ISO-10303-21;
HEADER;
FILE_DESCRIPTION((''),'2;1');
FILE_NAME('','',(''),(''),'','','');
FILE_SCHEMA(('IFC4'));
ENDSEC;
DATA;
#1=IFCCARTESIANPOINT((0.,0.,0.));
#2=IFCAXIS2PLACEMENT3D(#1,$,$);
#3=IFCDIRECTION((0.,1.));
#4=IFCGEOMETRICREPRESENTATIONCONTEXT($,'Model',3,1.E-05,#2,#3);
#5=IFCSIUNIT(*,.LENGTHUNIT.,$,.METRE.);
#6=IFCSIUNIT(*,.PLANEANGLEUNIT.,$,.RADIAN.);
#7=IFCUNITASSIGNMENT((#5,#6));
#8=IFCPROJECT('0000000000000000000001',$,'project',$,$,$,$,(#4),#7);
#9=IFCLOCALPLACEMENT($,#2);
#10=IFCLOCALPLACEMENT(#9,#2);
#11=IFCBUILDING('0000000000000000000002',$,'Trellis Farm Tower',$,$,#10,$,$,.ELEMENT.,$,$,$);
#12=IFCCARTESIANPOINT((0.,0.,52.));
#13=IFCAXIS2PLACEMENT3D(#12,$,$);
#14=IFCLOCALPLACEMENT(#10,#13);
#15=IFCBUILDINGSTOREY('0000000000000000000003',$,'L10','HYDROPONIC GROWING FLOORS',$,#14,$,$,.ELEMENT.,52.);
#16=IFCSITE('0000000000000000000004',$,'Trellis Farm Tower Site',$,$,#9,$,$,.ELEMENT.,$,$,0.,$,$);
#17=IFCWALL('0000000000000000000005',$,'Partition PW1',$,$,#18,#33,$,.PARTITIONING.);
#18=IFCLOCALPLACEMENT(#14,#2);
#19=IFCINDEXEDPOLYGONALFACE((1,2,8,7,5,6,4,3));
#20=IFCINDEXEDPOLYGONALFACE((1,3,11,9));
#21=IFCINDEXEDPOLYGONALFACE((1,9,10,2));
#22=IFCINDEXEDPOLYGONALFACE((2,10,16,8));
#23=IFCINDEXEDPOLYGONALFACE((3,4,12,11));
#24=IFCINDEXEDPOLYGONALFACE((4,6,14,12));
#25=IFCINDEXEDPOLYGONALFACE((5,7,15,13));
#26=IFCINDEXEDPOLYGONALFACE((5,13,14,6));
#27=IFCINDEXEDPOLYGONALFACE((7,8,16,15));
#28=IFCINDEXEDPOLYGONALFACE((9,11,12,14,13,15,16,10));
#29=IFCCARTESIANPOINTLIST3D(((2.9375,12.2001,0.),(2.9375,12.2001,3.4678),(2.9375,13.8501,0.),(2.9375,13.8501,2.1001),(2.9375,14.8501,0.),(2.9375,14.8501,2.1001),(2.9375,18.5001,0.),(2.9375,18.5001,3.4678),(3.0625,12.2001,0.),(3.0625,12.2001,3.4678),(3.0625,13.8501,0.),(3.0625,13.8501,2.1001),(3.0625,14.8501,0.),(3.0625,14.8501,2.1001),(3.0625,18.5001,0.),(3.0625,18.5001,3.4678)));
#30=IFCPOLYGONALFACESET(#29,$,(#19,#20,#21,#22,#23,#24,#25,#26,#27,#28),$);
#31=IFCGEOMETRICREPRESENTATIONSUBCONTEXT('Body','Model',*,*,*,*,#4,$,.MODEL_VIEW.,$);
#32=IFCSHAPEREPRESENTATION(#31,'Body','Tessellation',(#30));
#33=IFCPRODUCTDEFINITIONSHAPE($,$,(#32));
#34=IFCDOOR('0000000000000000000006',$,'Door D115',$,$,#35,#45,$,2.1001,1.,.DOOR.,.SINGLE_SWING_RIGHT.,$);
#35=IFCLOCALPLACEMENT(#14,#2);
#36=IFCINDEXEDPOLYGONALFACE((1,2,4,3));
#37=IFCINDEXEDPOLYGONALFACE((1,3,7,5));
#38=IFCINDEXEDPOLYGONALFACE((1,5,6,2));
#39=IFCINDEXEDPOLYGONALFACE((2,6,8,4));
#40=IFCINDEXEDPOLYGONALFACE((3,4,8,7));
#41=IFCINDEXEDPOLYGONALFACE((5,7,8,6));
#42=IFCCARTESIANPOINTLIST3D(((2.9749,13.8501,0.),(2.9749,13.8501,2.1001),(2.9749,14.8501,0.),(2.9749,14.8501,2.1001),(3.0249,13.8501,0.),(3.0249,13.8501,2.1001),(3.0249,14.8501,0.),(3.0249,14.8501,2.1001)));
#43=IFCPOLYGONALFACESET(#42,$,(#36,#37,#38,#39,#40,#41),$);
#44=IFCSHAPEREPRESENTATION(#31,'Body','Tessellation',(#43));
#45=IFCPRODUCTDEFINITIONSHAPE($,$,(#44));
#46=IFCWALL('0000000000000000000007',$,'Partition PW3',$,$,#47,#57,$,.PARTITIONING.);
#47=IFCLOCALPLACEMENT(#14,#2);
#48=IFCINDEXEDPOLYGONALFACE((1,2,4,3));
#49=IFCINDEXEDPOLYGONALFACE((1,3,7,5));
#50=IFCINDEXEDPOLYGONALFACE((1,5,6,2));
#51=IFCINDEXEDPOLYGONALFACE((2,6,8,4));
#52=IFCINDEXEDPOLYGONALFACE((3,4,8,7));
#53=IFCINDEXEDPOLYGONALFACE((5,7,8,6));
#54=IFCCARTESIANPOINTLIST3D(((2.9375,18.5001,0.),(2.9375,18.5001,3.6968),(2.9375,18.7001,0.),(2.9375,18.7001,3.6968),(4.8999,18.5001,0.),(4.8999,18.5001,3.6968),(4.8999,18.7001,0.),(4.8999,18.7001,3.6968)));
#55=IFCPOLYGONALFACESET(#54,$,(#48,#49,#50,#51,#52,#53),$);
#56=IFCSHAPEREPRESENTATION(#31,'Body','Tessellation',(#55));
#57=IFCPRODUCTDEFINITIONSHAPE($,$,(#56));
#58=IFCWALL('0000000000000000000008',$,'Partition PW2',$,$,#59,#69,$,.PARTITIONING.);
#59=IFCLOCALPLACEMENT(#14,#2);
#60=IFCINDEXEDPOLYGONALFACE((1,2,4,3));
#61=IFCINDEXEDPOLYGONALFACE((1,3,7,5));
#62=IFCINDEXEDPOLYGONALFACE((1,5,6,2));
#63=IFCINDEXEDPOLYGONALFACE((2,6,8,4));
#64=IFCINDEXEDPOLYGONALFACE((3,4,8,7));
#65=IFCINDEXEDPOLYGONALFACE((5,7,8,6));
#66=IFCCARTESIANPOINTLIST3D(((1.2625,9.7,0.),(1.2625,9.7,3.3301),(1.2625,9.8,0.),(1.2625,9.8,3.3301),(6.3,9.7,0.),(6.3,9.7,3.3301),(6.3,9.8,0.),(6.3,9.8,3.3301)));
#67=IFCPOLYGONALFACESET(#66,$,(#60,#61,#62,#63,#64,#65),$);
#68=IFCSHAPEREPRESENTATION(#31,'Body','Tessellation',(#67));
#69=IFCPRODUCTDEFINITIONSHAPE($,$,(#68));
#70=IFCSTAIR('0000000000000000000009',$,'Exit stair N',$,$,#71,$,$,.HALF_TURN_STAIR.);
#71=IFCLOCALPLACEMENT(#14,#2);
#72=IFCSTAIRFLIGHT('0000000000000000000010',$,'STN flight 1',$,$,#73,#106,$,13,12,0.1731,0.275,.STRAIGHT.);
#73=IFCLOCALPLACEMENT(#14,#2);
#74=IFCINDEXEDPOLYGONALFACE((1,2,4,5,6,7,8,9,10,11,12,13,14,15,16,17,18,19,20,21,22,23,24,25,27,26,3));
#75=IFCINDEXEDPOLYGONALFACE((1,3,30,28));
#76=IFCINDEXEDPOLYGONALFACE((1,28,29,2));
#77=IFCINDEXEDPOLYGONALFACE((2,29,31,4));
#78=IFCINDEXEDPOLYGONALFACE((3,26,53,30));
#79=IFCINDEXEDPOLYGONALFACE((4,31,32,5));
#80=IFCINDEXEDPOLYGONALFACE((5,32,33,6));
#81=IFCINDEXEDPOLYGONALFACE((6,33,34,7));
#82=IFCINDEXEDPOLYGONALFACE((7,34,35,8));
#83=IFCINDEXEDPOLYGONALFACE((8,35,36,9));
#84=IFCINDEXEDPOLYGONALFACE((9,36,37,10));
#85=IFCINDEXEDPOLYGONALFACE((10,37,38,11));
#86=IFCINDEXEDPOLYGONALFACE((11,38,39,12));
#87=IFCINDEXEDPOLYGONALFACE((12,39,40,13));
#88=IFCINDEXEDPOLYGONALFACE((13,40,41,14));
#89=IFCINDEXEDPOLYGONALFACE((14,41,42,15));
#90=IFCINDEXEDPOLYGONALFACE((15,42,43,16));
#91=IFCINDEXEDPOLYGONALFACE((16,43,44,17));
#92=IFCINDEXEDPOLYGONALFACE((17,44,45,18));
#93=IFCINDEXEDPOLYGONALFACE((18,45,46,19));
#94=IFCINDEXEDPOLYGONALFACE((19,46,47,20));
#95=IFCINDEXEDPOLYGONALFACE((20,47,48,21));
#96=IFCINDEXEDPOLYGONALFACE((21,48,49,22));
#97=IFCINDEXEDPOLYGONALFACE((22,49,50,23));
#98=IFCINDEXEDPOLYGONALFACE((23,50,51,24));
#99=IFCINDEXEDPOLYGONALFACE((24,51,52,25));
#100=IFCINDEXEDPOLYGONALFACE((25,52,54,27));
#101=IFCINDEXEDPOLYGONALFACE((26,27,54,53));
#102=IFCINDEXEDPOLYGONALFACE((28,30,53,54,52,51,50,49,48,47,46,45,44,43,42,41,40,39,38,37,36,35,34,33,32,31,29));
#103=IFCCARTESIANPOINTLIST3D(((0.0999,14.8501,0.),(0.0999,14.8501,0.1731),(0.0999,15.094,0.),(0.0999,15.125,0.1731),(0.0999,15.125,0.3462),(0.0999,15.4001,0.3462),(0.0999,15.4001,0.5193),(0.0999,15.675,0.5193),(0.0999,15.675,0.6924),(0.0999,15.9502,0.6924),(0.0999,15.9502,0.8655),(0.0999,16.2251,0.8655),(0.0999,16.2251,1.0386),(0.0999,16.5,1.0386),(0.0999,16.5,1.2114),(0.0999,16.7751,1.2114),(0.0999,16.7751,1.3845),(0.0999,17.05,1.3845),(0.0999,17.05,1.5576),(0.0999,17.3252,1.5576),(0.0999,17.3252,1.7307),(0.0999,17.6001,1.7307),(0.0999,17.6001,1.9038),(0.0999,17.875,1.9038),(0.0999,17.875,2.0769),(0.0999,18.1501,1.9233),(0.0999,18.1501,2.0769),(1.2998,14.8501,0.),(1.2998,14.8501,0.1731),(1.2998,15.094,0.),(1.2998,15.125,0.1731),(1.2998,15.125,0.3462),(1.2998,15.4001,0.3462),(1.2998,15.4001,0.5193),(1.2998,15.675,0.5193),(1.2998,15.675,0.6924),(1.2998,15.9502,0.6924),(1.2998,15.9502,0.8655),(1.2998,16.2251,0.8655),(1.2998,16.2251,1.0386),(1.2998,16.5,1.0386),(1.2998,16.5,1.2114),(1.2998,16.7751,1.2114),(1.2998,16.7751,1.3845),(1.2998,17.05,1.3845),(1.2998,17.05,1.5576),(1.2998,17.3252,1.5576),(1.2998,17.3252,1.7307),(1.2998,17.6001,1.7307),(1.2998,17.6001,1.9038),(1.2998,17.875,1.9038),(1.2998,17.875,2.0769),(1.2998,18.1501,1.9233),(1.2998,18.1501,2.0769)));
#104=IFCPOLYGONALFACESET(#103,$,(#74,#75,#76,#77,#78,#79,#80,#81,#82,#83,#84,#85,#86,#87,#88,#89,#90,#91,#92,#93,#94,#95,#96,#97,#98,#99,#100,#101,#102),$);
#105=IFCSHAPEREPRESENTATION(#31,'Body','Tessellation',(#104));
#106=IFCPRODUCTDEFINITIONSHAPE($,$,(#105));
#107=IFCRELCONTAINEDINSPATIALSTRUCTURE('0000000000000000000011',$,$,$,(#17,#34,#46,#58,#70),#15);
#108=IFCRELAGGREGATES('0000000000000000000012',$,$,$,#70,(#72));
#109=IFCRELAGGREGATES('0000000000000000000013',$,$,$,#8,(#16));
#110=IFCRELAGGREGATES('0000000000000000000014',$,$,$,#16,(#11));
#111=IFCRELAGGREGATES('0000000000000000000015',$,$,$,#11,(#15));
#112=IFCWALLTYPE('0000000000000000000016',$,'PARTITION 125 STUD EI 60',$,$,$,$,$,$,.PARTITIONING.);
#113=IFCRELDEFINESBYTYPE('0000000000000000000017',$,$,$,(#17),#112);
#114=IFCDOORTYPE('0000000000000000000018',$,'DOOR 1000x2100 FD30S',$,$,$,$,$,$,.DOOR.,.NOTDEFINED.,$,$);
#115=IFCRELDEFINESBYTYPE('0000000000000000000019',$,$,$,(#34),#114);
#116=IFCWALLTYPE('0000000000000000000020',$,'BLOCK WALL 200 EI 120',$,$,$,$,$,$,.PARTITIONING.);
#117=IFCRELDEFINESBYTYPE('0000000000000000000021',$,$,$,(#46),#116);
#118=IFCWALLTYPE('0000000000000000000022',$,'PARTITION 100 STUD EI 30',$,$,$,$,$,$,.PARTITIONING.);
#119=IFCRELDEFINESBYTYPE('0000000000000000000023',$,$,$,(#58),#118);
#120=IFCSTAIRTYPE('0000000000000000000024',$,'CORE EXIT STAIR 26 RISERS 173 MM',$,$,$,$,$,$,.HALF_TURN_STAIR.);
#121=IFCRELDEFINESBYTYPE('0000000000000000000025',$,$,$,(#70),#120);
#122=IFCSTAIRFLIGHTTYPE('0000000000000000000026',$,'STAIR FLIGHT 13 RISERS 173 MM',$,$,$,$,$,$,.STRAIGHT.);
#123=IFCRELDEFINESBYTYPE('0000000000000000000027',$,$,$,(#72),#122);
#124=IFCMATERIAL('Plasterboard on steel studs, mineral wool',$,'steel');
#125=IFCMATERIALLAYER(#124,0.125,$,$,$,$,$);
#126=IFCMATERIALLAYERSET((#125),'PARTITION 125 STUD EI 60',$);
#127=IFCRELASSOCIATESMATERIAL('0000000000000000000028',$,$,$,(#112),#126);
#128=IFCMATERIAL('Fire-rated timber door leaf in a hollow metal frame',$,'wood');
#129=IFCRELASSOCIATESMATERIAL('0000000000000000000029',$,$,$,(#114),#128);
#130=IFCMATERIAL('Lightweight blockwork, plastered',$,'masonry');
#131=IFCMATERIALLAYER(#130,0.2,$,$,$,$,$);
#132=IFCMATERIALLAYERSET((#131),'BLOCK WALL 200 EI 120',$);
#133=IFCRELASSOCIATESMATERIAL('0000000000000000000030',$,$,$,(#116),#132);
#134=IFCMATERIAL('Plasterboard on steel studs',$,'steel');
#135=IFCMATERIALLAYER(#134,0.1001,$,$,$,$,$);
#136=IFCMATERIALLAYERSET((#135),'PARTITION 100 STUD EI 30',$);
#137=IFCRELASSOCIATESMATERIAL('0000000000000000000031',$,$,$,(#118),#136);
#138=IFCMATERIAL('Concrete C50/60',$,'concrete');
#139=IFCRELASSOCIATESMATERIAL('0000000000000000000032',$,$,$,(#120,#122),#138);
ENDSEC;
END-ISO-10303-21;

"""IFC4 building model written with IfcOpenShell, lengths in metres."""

from ifc_helpers import new_model, si_unit, direction, frame, frame_2d, origin, place, context, subcontext, project, spatial, polyline, rectangle, outline, extrude, source, transform, mapped, material, layer, layer_set, type_object, element, fill, aggregate, save


model = new_model("IFC4")

# Units and contexts
model_context = context("Model", 3, precision=1e-05, world=origin(), true_north=direction((0.0, 1.0)))
body_context = subcontext(model_context, "Body", "Model", "MODEL_VIEW")
ifc_project = project(units=[si_unit("LENGTHUNIT", "METRE"), si_unit("PLANEANGLEUNIT", "RADIAN")], contexts=[model_context])

# Site, building, storey
site_placement = place(None, origin())
site = spatial("IfcSite", under=ifc_project, at=site_placement, Name="Trellis Farm Tower Site", CompositionType="ELEMENT", RefElevation=0.0)
building_placement = place(site_placement, origin())
building = spatial("IfcBuilding", under=site, at=building_placement, Name="Trellis Farm Tower", CompositionType="ELEMENT")
storey_placement = place(building_placement, frame((0.0, 0.0, 52.0)))
storey = spatial("IfcBuildingStorey", under=building, at=storey_placement, Name="L10", Description="HYDROPONIC GROWING FLOORS", CompositionType="ELEMENT", Elevation=52.0)

# Shared definitions
placement = place(storey_placement, origin())

# Shared definitions
ifc_material_1 = material(Name="Plasterboard on steel studs, mineral wool", Category="steel")
ifc_layer_1 = layer(ifc_material_1, 0.125)
ifc_layer_set_1 = layer_set([ifc_layer_1], Name="PARTITION 125 STUD EI 60")
wall_type_1 = type_object("IfcWallType", Name="PARTITION 125 STUD EI 60", PredefinedType="PARTITIONING", material=ifc_layer_set_1)
shared_shape_1 = source(origin(), body_context, "Body", "SweptSolid", [
    extrude(rectangle(XDim=1.0, YDim=2.1001, at=frame_2d((0.5, 1.05))), frame((0.0, 0.0725, 0.0), z_axis=(0.0, -1.0, 0.0), x_axis=(1.0, 0.0, 0.0)), (0.0, 0.0, 1.0), 0.145),
])
ifc_material_2 = material(Name="Fire-rated timber door leaf in a hollow metal frame", Category="wood")
door_type = type_object("IfcDoorType", Name="DOOR 1000x2100 FD30S", OperationType="NOTDEFINED", PredefinedType="DOOR", material=ifc_material_2)
shared_shape_2 = source(origin(), body_context, "Body", "SweptSolid", [
    extrude(rectangle(XDim=1.0, YDim=2.1001, at=frame_2d((0.5, 1.05))), frame((0.0, 0.0249, 0.0), z_axis=(0.0, -1.0, 0.0), x_axis=(1.0, 0.0, 0.0)), (0.0, 0.0, 1.0), 0.05),
])

# Shared definitions
ifc_material_3 = material(Name="Lightweight blockwork, plastered", Category="masonry")
ifc_layer_2 = layer(ifc_material_3, 0.2)
ifc_layer_set_2 = layer_set([ifc_layer_2], Name="BLOCK WALL 200 EI 120")
wall_type_2 = type_object("IfcWallType", Name="BLOCK WALL 200 EI 120", PredefinedType="PARTITIONING", material=ifc_layer_set_2)
ifc_material_4 = material(Name="Plasterboard on steel studs", Category="steel")
ifc_layer_3 = layer(ifc_material_4, 0.1001)
ifc_layer_set_3 = layer_set([ifc_layer_3], Name="PARTITION 100 STUD EI 30")
wall_type_3 = type_object("IfcWallType", Name="PARTITION 100 STUD EI 30", PredefinedType="PARTITIONING", material=ifc_layer_set_3)

# Wall, opening, door
shared_shape_3 = source(origin(), body_context, "Body", "SweptSolid", [
    extrude(rectangle(XDim=6.3, YDim=0.125, at=frame_2d((3.1499, 0.0))), origin(), (0.0, 0.0, 1.0), 3.4678),
])
wall_1_placement = place(storey_placement, frame((3.0, 18.5, 0.0), z_axis=(0.0, 0.0, 1.0), x_axis=(0.0, -1.0, 0.0)))
wall_1 = element("IfcWall", 1, at=wall_1_placement, inside=storey, type_object=wall_type_1, Name="Partition PW1", PredefinedType="PARTITIONING", context=body_context, shape_type="MappedRepresentation", body=[
    mapped(shared_shape_3, transform((0.0, 0.0, 0.0))),
])
opening_1_placement = place(wall_1_placement, frame((3.6499, 0.0, 0.0)))
opening_1 = element("IfcOpeningElement", 2, at=opening_1_placement, cuts=wall_1, PredefinedType="OPENING", context=body_context, shape_type="MappedRepresentation", body=[
    mapped(shared_shape_1, transform((0.0, 0.0, 0.0))),
])
door_1_placement = place(opening_1_placement, origin())
door_1 = element("IfcDoor", 3, at=door_1_placement, inside=storey, type_object=door_type, Name="Door D115", OperationType="SINGLE_SWING_RIGHT", OverallHeight=2.1001, OverallWidth=1.0, PredefinedType="DOOR", context=body_context, shape_type="MappedRepresentation", body=[
    mapped(shared_shape_2, transform((0.0, 0.0, 0.0))),
])
fill(opening_1, door_1)

# Walls
shared_shape_4 = source(origin(), body_context, "Body", "SweptSolid", [
    extrude(rectangle(XDim=1.9624, YDim=0.2, at=frame_2d((0.9812, 0.0))), origin(), (0.0, 0.0, 1.0), 3.6968),
])
wall_2_placement = place(storey_placement, frame((2.9375, 18.6001, 0.0), z_axis=(0.0, 0.0, 1.0), x_axis=(1.0, 0.0, 0.0)))
element("IfcWall", 4, at=wall_2_placement, inside=storey, type_object=wall_type_2, Name="Partition PW3", PredefinedType="PARTITIONING", context=body_context, shape_type="MappedRepresentation", body=[
    mapped(shared_shape_4, transform((0.0, 0.0, 0.0))),
])
shared_shape_5 = source(origin(), body_context, "Body", "SweptSolid", [
    extrude(rectangle(XDim=5.0376, YDim=0.1001, at=frame_2d((2.5188, 0.0))), origin(), (0.0, 0.0, 1.0), 3.3301),
])
wall_3_placement = place(storey_placement, frame((1.2625, 9.75, 0.0), z_axis=(0.0, 0.0, 1.0), x_axis=(1.0, 0.0, 0.0)))
element("IfcWall", 5, at=wall_3_placement, inside=storey, type_object=wall_type_3, Name="Partition PW2", PredefinedType="PARTITIONING", context=body_context, shape_type="MappedRepresentation", body=[
    mapped(shared_shape_5, transform((0.0, 0.0, 0.0))),
])

# Stair, stair flight
ifc_material_5 = material(Name="Concrete C50/60", Category="concrete")
stair_type = type_object("IfcStairType", Name="CORE EXIT STAIR 26 RISERS 173 MM", PredefinedType="HALF_TURN_STAIR", material=ifc_material_5)
stair = element("IfcStair", 6, at=placement, inside=storey, type_object=stair_type, Name="Exit stair N", PredefinedType="HALF_TURN_STAIR")
stair_flight_type = type_object("IfcStairFlightType", Name="STAIR FLIGHT 13 RISERS 173 MM", PredefinedType="STRAIGHT", material=ifc_material_5)
shared_shape_6 = source(origin(), body_context, "Body", "SweptSolid", [
    extrude(outline(polyline([(0.0, 0.0), (0.0, 0.1731), (0.2749, 0.1731), (0.2749, 0.3462), (0.55, 0.3462), (0.55, 0.5193), (0.825, 0.5193), (0.825, 0.6924), (1.1001, 0.6924), (1.1001, 0.8655), (1.375, 0.8655), (1.375, 1.0386), (1.6499, 1.0386), (1.6499, 1.2114), (1.925, 1.2114), (1.925, 1.3845), (2.2, 1.3845), (2.2, 1.5576), (2.4751, 1.5576), (2.4751, 1.7307), (2.75, 1.7307), (2.75, 1.9038), (3.0249, 1.9038), (3.0249, 2.0769), (3.3, 2.0769), (3.3, 2.25), (3.3, 1.9233), (0.2439, 0.0), (0.0, 0.0)])), frame((0.0, 0.6001, 0.0), z_axis=(0.0, -1.0, 0.0), x_axis=(1.0, 0.0, 0.0)), (0.0, 0.0, 1.0), 1.2),
])
stair_flight_placement = place(storey_placement, frame((0.7, 14.8501, 0.0), z_axis=(0.0, 0.0, 1.0), x_axis=(0.0, 1.0, 0.0)))
stair_flight = element("IfcStairFlight", 7, at=stair_flight_placement, type_object=stair_flight_type, Name="STN flight 1", NumberOfRisers=13, NumberOfTreads=12, PredefinedType="STRAIGHT", RiserHeight=0.1731, TreadLength=0.275, context=body_context, shape_type="MappedRepresentation", body=[
    mapped(shared_shape_6, transform((0.0, 0.0, 0.0))),
])
aggregate(stair, [stair_flight])

save(model, "model.ifc")
